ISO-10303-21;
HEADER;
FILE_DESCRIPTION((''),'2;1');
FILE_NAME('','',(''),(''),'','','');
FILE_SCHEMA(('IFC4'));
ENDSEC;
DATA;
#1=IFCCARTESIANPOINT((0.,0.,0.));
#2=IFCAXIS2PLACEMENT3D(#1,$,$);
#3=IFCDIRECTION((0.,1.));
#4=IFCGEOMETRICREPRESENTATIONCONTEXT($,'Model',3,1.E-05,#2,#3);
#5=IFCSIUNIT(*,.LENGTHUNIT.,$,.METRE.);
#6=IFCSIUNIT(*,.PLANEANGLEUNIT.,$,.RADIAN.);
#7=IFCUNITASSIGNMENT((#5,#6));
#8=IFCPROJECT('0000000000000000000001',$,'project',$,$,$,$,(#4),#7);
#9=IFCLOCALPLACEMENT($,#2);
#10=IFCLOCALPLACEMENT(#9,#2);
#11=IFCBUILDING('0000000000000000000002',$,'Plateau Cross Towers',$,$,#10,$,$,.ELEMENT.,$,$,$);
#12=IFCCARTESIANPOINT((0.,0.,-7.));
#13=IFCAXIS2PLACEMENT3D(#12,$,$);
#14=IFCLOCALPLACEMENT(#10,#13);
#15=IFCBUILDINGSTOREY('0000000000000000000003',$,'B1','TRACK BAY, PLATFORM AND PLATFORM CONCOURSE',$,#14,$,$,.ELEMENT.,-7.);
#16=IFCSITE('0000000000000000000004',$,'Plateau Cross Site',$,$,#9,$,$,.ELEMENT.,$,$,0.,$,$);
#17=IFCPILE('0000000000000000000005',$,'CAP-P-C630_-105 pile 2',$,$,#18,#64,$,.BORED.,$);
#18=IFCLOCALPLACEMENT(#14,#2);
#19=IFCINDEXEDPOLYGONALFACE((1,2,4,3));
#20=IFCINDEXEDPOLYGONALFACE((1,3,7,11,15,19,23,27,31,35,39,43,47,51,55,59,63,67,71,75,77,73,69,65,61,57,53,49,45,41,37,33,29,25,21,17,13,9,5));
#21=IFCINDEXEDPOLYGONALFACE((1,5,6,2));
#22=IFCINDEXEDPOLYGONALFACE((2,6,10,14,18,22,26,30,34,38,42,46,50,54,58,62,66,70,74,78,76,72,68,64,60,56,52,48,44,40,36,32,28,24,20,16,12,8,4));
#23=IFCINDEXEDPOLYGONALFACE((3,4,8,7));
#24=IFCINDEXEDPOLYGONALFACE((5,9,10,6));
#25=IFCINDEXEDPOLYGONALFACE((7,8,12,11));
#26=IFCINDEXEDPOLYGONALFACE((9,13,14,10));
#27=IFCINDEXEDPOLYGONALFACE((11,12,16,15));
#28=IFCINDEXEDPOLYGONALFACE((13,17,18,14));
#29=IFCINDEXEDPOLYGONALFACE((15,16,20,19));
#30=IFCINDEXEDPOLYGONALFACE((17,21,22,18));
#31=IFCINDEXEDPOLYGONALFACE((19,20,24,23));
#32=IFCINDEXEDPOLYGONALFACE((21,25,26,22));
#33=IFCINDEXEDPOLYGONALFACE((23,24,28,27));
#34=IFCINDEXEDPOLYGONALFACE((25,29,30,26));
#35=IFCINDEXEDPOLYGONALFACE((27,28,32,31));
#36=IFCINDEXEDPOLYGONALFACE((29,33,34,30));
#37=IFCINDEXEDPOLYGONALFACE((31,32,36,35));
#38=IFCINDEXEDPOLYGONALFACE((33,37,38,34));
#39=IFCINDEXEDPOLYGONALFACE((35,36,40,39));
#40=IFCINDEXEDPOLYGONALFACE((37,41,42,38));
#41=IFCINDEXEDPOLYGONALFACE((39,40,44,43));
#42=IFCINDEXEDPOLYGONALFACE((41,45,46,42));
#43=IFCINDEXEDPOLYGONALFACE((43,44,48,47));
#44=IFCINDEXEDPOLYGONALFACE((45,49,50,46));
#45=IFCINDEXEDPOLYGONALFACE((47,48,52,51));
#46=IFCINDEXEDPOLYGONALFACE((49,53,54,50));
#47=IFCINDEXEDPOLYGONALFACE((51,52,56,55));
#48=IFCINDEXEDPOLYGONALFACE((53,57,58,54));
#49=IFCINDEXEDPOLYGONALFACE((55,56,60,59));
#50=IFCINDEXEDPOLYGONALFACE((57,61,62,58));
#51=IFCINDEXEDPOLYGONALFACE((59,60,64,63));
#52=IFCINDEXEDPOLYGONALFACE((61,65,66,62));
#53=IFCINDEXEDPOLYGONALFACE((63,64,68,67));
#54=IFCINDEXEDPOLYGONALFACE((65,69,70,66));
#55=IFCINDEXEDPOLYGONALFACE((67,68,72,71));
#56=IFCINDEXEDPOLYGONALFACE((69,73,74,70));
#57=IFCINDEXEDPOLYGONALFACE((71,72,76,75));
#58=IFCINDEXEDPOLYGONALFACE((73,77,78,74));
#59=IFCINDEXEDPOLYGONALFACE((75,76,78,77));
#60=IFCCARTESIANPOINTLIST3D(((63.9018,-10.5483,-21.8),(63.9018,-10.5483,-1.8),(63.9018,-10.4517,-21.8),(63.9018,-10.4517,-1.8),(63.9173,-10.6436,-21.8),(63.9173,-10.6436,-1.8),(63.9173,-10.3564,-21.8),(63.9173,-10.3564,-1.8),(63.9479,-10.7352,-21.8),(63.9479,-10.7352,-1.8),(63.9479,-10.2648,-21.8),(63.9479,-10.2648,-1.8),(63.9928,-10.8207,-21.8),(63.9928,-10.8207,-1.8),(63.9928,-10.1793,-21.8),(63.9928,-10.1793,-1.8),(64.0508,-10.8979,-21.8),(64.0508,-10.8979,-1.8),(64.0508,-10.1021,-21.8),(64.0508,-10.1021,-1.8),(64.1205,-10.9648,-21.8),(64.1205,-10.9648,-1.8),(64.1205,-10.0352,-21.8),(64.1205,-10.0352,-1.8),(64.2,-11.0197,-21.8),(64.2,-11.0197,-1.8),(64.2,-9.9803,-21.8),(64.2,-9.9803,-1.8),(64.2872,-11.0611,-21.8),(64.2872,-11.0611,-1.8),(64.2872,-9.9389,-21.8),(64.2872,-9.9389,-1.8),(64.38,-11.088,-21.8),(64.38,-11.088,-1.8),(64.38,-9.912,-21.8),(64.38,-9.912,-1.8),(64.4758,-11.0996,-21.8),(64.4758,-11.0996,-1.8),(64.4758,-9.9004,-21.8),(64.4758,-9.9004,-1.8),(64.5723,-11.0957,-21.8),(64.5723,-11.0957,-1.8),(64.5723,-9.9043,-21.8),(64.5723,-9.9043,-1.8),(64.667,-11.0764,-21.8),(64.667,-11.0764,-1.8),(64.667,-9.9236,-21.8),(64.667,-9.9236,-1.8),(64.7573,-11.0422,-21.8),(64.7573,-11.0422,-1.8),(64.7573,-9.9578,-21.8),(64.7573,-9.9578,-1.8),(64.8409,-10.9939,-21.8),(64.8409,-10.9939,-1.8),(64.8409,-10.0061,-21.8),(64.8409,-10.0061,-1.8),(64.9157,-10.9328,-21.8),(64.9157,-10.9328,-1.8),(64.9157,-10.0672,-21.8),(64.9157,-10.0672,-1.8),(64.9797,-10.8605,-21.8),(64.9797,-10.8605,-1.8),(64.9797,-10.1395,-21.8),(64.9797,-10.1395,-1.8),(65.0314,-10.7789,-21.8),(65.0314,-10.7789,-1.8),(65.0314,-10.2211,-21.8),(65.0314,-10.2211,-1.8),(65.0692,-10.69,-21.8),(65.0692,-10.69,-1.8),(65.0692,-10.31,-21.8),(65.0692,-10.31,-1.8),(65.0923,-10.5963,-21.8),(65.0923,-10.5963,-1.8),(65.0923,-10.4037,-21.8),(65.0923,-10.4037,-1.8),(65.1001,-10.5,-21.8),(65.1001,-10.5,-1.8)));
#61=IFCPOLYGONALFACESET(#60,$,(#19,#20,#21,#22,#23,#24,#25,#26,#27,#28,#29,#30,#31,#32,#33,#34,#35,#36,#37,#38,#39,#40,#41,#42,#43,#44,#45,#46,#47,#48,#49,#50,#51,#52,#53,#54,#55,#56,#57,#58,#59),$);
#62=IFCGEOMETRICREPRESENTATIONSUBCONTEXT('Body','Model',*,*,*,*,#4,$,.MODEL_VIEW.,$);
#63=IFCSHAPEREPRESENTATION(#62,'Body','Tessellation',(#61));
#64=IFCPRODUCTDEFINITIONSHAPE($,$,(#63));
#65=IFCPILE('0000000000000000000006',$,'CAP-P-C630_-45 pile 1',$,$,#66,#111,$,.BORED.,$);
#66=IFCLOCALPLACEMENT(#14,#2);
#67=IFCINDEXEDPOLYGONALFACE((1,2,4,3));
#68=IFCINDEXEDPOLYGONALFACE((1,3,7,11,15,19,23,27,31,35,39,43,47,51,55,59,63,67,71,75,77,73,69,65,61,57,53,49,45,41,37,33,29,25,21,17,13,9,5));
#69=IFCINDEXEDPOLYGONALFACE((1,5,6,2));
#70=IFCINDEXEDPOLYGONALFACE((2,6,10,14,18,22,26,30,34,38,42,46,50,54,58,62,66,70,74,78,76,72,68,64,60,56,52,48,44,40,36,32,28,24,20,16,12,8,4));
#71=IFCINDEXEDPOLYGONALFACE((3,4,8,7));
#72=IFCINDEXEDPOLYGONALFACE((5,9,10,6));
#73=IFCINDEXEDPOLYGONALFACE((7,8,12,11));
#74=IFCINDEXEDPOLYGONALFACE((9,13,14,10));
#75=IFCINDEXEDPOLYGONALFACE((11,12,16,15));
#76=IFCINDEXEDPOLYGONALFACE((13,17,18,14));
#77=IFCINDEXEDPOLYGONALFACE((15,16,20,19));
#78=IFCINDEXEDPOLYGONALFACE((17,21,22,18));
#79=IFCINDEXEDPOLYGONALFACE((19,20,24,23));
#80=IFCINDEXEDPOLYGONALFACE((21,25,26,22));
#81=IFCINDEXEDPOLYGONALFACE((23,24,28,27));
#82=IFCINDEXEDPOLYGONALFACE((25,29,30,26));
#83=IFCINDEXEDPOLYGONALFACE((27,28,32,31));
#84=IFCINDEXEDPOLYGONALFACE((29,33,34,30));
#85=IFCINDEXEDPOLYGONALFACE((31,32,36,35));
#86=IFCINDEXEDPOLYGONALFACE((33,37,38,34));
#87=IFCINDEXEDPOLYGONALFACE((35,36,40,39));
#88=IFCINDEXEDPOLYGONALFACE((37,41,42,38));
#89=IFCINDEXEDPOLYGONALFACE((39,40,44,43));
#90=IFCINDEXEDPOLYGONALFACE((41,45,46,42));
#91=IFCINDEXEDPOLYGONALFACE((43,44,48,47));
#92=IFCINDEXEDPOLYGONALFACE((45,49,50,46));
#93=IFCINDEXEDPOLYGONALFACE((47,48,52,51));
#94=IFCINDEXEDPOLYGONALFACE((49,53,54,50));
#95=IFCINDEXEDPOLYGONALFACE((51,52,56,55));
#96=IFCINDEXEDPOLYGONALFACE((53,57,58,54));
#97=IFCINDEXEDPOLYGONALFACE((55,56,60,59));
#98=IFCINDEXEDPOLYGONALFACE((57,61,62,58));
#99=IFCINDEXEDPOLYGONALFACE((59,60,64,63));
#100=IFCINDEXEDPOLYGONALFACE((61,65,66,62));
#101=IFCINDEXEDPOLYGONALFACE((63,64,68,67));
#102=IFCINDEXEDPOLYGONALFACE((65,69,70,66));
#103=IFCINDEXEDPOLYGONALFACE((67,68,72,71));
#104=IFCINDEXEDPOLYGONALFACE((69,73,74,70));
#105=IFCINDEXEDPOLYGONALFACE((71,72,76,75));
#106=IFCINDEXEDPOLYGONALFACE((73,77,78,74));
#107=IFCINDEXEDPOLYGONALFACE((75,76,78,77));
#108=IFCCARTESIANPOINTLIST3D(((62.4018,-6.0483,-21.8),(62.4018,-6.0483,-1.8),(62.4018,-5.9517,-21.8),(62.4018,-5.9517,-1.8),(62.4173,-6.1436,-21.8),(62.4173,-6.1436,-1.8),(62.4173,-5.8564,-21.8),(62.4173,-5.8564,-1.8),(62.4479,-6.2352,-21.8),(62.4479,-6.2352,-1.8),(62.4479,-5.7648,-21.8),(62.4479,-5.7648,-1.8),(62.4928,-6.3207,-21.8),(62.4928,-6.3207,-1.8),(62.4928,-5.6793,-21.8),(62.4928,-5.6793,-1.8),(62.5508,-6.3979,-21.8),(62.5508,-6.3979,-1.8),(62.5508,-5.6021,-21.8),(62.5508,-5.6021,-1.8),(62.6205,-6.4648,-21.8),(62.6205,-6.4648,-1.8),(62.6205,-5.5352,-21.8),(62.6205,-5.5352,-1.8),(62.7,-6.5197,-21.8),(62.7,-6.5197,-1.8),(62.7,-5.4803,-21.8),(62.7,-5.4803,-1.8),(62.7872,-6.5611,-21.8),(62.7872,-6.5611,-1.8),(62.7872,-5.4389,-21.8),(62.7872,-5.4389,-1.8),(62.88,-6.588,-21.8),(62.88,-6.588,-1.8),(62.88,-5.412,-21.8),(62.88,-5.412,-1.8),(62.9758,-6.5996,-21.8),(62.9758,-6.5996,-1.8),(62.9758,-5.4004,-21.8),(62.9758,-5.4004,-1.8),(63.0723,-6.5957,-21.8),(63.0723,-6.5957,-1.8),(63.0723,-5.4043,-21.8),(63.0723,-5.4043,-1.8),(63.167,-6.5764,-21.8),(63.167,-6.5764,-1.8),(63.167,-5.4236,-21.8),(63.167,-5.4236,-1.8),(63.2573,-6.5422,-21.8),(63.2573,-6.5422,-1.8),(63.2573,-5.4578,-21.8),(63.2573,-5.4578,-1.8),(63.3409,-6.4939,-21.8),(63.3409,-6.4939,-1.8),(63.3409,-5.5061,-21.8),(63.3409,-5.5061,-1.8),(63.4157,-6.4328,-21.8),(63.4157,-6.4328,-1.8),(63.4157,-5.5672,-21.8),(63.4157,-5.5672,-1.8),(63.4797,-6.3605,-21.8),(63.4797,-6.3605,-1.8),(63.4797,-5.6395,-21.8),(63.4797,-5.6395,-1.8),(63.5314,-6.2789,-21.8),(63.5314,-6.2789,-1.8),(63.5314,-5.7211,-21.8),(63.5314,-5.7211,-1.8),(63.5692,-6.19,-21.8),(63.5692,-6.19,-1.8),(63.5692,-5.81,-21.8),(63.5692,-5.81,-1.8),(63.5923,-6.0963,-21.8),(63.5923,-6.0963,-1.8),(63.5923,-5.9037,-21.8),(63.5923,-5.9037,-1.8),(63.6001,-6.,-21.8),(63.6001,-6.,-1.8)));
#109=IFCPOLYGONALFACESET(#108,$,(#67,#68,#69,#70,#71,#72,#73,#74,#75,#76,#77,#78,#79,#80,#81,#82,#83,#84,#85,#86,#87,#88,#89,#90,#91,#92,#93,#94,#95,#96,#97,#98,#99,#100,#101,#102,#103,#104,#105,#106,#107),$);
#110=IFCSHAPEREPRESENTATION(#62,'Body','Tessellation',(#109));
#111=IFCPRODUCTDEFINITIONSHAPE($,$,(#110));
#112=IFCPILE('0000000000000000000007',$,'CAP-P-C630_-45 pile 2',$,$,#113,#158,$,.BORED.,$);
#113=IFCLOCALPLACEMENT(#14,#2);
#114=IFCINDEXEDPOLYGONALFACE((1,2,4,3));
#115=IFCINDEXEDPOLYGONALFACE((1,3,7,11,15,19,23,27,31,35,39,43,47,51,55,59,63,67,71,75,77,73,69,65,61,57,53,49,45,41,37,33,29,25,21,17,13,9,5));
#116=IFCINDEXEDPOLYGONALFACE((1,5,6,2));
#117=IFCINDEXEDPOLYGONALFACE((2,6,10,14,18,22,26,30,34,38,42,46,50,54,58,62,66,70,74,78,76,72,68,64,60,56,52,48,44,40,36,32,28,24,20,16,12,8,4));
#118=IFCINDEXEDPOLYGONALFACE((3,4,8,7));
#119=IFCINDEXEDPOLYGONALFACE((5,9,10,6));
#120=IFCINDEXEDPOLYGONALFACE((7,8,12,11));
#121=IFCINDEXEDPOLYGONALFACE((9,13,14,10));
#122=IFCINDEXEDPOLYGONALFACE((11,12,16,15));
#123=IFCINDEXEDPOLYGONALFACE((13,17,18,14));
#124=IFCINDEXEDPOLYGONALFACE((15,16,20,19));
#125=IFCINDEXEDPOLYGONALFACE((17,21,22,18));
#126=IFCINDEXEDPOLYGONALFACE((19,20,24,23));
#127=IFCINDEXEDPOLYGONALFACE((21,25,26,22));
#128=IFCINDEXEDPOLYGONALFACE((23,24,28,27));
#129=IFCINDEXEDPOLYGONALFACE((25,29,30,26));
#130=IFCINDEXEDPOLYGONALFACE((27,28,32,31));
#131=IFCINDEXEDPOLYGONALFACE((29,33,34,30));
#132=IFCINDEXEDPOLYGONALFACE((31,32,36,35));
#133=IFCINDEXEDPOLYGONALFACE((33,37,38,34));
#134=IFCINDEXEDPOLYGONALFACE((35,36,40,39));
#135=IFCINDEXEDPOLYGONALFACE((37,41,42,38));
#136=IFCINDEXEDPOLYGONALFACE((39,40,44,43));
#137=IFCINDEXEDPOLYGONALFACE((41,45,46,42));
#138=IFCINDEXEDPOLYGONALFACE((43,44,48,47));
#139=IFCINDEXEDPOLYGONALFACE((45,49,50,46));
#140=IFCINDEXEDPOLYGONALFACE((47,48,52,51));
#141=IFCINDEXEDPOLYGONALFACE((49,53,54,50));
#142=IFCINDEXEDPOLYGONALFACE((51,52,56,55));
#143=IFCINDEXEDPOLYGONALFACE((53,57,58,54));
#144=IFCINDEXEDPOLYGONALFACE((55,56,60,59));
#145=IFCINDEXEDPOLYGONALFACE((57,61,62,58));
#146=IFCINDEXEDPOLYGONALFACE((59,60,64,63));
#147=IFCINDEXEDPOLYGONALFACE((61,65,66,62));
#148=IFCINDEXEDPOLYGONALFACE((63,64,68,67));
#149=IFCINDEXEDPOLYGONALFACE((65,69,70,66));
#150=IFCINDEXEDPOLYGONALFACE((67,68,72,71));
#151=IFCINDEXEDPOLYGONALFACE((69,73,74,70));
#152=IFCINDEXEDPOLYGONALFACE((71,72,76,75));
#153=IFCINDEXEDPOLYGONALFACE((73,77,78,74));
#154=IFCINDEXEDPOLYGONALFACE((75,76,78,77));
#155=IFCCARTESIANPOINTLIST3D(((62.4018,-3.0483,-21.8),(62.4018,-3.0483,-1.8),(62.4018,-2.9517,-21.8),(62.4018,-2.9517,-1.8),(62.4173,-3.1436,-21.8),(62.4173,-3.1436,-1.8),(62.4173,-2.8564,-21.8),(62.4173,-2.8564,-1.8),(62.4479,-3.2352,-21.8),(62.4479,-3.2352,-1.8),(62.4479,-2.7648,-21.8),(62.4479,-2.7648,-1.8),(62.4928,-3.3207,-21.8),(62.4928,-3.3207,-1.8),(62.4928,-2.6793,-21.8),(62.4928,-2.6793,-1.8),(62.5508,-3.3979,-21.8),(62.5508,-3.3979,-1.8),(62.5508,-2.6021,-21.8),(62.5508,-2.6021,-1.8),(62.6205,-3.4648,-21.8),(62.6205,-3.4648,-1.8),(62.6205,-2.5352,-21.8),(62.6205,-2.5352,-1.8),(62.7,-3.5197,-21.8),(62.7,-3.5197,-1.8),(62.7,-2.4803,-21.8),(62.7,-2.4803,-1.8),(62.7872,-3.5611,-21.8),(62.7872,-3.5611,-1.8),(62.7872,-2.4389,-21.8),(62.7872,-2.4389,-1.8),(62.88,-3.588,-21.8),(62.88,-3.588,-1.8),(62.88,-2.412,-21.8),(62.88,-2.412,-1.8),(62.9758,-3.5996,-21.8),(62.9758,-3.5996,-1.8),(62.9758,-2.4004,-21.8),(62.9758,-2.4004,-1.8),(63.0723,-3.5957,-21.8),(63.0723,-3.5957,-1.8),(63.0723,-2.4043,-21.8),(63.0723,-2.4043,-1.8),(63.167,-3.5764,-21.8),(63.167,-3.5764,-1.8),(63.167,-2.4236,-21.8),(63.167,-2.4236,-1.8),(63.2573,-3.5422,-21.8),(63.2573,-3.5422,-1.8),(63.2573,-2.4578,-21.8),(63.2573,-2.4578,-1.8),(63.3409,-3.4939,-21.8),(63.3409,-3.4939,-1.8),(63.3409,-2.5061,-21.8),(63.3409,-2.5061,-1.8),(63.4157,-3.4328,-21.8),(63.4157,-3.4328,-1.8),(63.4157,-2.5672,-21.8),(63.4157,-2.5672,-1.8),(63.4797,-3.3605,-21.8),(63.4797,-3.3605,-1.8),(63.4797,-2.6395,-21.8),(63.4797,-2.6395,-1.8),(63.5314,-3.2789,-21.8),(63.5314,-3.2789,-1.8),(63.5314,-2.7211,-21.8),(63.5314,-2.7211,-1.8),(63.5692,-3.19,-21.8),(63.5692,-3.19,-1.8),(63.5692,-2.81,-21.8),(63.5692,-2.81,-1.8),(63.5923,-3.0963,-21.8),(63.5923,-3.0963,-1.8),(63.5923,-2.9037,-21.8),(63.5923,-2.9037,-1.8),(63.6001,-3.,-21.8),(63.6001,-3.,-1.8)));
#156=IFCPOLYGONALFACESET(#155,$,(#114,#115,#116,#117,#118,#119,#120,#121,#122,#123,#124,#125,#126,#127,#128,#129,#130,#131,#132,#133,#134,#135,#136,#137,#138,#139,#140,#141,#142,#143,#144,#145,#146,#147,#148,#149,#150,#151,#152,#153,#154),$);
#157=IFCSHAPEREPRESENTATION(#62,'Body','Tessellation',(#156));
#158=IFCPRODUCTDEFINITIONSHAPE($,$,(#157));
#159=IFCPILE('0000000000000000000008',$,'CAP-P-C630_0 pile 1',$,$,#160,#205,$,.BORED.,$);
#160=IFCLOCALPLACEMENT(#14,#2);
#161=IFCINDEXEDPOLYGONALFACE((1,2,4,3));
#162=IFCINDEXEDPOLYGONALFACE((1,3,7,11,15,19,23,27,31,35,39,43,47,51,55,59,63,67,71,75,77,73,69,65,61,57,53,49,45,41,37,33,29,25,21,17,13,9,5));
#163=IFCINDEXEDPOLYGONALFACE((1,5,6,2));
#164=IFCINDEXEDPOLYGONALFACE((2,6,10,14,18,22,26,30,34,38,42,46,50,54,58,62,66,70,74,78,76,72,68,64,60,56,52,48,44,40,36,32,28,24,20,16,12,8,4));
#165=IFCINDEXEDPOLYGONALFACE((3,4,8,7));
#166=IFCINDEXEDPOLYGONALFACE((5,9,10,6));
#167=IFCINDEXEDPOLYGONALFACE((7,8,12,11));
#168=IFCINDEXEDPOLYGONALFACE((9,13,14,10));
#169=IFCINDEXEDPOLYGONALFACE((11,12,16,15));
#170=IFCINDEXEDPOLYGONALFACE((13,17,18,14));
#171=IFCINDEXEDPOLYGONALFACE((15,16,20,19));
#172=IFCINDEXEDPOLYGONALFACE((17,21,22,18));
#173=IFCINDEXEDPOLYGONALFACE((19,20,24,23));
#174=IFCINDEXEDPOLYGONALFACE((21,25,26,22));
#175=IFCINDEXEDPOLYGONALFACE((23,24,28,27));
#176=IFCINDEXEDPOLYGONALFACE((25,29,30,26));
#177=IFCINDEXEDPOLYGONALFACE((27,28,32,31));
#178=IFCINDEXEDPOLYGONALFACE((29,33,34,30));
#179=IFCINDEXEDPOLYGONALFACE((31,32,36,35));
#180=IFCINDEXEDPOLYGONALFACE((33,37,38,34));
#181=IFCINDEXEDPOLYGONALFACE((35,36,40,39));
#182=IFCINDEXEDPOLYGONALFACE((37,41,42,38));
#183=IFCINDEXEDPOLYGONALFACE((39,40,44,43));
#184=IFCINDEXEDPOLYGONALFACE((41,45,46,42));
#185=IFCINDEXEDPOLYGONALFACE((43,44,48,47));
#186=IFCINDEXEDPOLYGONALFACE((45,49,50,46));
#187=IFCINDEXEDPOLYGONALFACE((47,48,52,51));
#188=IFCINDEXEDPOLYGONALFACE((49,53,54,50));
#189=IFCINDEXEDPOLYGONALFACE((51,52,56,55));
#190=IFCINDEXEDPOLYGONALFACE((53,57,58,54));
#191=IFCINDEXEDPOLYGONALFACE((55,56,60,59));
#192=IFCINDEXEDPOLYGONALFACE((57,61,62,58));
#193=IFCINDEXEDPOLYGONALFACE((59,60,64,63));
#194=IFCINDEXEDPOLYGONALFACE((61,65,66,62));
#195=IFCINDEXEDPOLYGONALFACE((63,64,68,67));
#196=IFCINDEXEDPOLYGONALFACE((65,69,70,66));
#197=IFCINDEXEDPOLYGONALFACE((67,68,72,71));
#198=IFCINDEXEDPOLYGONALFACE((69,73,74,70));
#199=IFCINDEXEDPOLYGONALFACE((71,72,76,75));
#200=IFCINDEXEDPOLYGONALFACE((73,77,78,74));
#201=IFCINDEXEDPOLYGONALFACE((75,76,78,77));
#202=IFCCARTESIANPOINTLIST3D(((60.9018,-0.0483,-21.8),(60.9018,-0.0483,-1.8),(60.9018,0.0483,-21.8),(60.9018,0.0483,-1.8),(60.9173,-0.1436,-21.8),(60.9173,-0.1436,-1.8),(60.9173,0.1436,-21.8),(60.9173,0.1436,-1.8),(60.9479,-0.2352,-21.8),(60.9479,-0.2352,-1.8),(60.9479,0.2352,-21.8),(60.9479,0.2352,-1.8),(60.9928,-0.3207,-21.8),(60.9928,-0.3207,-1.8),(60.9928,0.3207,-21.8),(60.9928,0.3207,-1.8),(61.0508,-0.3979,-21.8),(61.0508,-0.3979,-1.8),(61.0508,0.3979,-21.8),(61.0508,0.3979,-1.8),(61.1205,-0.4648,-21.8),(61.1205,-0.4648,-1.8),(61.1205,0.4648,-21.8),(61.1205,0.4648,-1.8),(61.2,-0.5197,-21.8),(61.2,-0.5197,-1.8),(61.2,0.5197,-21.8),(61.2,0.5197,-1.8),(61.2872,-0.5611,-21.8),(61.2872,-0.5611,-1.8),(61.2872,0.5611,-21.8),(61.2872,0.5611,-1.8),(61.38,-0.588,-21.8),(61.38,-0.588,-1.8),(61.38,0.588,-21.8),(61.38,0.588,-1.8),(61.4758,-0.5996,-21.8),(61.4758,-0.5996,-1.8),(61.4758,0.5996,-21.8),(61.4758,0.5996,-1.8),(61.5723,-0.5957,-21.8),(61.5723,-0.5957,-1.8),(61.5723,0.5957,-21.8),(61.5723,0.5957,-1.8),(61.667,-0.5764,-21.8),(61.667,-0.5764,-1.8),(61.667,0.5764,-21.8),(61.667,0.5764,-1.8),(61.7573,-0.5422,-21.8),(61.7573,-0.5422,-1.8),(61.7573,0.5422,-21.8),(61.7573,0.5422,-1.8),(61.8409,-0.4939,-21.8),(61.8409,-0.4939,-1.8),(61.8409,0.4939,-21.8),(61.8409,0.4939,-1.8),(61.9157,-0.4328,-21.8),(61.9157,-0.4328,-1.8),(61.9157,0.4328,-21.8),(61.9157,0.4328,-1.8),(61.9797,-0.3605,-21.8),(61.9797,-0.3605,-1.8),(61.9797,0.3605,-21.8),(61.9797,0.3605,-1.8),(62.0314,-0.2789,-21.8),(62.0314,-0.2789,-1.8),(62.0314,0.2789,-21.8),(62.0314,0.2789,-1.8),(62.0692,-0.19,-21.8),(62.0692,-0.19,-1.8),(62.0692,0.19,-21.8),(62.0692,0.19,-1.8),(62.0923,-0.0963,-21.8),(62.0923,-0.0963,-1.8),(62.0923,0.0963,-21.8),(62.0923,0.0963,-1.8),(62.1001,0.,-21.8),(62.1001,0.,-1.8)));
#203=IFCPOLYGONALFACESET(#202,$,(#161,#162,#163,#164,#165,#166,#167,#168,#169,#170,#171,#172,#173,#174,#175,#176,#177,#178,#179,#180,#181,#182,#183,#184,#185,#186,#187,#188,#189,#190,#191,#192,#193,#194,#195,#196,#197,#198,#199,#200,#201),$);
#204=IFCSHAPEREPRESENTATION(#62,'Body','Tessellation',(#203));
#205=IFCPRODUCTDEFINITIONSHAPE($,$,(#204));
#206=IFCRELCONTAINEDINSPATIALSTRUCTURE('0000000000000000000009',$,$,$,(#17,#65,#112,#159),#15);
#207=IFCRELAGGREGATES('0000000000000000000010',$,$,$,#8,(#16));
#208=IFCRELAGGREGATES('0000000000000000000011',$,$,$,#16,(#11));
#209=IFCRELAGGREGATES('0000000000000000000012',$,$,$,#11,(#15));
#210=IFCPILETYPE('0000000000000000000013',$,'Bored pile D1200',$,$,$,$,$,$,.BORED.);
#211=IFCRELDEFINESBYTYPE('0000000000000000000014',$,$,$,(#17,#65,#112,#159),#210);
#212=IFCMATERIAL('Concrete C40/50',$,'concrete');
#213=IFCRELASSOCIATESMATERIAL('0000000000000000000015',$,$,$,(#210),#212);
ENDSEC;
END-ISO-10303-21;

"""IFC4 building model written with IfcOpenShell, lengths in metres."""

from ifc_helpers import new_model, si_unit, direction, frame, origin, origin_2d, place, context, subcontext, project, spatial, circle, extrude, material, material_profile, profile_set, type_object, element, save


model = new_model("IFC4")

# Units and contexts
model_context = context("Model", 3, precision=1e-05, world=origin(), true_north=direction((0.0, 1.0)))
body_context = subcontext(model_context, "Body", "Model", "MODEL_VIEW")
ifc_project = project(units=[si_unit("LENGTHUNIT", "METRE"), si_unit("PLANEANGLEUNIT", "RADIAN")], contexts=[model_context])

# Site, building, storey
site_placement = place(None, origin())
site = spatial("IfcSite", under=ifc_project, at=site_placement, Name="Plateau Cross Site", CompositionType="ELEMENT", RefElevation=0.0)
building_placement = place(site_placement, origin())
building = spatial("IfcBuilding", under=site, at=building_placement, Name="Plateau Cross Towers", CompositionType="ELEMENT")
storey_placement = place(building_placement, frame((0.0, 0.0, -7.0)))
storey = spatial("IfcBuildingStorey", under=building, at=storey_placement, Name="B1", Description="TRACK BAY, PLATFORM AND PLATFORM CONCOURSE", CompositionType="ELEMENT", Elevation=-7.0)

# Piles
ifc_material_1 = material(Name="Concrete C40/50", Category="concrete")
ifc_material_profile_1 = material_profile(ifc_material_1, circle(Radius=0.6001, at=origin_2d()), Name="Bored pile D1200")
ifc_profile_set_1 = profile_set([ifc_material_profile_1], Name="Concrete C40/50")
pile_type = type_object("IfcPileType", Name="Bored pile D1200", PredefinedType="BORED", material=ifc_profile_set_1)
for number, where, z_axis, x_axis, name in (
    (1, (64.5, -10.5, -1.8), (0.0, 0.0, -1.0), (1.0, 0.0, 0.0), "CAP-P-C630_-105 pile 2"),
    (2, (63.0, -6.0, -1.8), (0.0, 0.0, -1.0), (1.0, 0.0, 0.0), "CAP-P-C630_-45 pile 1"),
    (3, (63.0, -3.0, -1.8), (0.0, 0.0, -1.0), (1.0, 0.0, 0.0), "CAP-P-C630_-45 pile 2"),
    (4, (61.5, 0.0, -1.8), (0.0, 0.0, -1.0), (1.0, 0.0, 0.0), "CAP-P-C630_0 pile 1"),
):
    element("IfcPile", number, at=place(storey_placement, frame(where, z_axis=z_axis, x_axis=x_axis)), inside=storey, type_object=pile_type, Name=name, PredefinedType="BORED", context=body_context, shape_type="SweptSolid", body=[
        extrude(circle(Radius=0.6001, at=origin_2d()), origin(), (0.0, 0.0, 1.0), 20.0),
    ])

save(model, "model.ifc")
